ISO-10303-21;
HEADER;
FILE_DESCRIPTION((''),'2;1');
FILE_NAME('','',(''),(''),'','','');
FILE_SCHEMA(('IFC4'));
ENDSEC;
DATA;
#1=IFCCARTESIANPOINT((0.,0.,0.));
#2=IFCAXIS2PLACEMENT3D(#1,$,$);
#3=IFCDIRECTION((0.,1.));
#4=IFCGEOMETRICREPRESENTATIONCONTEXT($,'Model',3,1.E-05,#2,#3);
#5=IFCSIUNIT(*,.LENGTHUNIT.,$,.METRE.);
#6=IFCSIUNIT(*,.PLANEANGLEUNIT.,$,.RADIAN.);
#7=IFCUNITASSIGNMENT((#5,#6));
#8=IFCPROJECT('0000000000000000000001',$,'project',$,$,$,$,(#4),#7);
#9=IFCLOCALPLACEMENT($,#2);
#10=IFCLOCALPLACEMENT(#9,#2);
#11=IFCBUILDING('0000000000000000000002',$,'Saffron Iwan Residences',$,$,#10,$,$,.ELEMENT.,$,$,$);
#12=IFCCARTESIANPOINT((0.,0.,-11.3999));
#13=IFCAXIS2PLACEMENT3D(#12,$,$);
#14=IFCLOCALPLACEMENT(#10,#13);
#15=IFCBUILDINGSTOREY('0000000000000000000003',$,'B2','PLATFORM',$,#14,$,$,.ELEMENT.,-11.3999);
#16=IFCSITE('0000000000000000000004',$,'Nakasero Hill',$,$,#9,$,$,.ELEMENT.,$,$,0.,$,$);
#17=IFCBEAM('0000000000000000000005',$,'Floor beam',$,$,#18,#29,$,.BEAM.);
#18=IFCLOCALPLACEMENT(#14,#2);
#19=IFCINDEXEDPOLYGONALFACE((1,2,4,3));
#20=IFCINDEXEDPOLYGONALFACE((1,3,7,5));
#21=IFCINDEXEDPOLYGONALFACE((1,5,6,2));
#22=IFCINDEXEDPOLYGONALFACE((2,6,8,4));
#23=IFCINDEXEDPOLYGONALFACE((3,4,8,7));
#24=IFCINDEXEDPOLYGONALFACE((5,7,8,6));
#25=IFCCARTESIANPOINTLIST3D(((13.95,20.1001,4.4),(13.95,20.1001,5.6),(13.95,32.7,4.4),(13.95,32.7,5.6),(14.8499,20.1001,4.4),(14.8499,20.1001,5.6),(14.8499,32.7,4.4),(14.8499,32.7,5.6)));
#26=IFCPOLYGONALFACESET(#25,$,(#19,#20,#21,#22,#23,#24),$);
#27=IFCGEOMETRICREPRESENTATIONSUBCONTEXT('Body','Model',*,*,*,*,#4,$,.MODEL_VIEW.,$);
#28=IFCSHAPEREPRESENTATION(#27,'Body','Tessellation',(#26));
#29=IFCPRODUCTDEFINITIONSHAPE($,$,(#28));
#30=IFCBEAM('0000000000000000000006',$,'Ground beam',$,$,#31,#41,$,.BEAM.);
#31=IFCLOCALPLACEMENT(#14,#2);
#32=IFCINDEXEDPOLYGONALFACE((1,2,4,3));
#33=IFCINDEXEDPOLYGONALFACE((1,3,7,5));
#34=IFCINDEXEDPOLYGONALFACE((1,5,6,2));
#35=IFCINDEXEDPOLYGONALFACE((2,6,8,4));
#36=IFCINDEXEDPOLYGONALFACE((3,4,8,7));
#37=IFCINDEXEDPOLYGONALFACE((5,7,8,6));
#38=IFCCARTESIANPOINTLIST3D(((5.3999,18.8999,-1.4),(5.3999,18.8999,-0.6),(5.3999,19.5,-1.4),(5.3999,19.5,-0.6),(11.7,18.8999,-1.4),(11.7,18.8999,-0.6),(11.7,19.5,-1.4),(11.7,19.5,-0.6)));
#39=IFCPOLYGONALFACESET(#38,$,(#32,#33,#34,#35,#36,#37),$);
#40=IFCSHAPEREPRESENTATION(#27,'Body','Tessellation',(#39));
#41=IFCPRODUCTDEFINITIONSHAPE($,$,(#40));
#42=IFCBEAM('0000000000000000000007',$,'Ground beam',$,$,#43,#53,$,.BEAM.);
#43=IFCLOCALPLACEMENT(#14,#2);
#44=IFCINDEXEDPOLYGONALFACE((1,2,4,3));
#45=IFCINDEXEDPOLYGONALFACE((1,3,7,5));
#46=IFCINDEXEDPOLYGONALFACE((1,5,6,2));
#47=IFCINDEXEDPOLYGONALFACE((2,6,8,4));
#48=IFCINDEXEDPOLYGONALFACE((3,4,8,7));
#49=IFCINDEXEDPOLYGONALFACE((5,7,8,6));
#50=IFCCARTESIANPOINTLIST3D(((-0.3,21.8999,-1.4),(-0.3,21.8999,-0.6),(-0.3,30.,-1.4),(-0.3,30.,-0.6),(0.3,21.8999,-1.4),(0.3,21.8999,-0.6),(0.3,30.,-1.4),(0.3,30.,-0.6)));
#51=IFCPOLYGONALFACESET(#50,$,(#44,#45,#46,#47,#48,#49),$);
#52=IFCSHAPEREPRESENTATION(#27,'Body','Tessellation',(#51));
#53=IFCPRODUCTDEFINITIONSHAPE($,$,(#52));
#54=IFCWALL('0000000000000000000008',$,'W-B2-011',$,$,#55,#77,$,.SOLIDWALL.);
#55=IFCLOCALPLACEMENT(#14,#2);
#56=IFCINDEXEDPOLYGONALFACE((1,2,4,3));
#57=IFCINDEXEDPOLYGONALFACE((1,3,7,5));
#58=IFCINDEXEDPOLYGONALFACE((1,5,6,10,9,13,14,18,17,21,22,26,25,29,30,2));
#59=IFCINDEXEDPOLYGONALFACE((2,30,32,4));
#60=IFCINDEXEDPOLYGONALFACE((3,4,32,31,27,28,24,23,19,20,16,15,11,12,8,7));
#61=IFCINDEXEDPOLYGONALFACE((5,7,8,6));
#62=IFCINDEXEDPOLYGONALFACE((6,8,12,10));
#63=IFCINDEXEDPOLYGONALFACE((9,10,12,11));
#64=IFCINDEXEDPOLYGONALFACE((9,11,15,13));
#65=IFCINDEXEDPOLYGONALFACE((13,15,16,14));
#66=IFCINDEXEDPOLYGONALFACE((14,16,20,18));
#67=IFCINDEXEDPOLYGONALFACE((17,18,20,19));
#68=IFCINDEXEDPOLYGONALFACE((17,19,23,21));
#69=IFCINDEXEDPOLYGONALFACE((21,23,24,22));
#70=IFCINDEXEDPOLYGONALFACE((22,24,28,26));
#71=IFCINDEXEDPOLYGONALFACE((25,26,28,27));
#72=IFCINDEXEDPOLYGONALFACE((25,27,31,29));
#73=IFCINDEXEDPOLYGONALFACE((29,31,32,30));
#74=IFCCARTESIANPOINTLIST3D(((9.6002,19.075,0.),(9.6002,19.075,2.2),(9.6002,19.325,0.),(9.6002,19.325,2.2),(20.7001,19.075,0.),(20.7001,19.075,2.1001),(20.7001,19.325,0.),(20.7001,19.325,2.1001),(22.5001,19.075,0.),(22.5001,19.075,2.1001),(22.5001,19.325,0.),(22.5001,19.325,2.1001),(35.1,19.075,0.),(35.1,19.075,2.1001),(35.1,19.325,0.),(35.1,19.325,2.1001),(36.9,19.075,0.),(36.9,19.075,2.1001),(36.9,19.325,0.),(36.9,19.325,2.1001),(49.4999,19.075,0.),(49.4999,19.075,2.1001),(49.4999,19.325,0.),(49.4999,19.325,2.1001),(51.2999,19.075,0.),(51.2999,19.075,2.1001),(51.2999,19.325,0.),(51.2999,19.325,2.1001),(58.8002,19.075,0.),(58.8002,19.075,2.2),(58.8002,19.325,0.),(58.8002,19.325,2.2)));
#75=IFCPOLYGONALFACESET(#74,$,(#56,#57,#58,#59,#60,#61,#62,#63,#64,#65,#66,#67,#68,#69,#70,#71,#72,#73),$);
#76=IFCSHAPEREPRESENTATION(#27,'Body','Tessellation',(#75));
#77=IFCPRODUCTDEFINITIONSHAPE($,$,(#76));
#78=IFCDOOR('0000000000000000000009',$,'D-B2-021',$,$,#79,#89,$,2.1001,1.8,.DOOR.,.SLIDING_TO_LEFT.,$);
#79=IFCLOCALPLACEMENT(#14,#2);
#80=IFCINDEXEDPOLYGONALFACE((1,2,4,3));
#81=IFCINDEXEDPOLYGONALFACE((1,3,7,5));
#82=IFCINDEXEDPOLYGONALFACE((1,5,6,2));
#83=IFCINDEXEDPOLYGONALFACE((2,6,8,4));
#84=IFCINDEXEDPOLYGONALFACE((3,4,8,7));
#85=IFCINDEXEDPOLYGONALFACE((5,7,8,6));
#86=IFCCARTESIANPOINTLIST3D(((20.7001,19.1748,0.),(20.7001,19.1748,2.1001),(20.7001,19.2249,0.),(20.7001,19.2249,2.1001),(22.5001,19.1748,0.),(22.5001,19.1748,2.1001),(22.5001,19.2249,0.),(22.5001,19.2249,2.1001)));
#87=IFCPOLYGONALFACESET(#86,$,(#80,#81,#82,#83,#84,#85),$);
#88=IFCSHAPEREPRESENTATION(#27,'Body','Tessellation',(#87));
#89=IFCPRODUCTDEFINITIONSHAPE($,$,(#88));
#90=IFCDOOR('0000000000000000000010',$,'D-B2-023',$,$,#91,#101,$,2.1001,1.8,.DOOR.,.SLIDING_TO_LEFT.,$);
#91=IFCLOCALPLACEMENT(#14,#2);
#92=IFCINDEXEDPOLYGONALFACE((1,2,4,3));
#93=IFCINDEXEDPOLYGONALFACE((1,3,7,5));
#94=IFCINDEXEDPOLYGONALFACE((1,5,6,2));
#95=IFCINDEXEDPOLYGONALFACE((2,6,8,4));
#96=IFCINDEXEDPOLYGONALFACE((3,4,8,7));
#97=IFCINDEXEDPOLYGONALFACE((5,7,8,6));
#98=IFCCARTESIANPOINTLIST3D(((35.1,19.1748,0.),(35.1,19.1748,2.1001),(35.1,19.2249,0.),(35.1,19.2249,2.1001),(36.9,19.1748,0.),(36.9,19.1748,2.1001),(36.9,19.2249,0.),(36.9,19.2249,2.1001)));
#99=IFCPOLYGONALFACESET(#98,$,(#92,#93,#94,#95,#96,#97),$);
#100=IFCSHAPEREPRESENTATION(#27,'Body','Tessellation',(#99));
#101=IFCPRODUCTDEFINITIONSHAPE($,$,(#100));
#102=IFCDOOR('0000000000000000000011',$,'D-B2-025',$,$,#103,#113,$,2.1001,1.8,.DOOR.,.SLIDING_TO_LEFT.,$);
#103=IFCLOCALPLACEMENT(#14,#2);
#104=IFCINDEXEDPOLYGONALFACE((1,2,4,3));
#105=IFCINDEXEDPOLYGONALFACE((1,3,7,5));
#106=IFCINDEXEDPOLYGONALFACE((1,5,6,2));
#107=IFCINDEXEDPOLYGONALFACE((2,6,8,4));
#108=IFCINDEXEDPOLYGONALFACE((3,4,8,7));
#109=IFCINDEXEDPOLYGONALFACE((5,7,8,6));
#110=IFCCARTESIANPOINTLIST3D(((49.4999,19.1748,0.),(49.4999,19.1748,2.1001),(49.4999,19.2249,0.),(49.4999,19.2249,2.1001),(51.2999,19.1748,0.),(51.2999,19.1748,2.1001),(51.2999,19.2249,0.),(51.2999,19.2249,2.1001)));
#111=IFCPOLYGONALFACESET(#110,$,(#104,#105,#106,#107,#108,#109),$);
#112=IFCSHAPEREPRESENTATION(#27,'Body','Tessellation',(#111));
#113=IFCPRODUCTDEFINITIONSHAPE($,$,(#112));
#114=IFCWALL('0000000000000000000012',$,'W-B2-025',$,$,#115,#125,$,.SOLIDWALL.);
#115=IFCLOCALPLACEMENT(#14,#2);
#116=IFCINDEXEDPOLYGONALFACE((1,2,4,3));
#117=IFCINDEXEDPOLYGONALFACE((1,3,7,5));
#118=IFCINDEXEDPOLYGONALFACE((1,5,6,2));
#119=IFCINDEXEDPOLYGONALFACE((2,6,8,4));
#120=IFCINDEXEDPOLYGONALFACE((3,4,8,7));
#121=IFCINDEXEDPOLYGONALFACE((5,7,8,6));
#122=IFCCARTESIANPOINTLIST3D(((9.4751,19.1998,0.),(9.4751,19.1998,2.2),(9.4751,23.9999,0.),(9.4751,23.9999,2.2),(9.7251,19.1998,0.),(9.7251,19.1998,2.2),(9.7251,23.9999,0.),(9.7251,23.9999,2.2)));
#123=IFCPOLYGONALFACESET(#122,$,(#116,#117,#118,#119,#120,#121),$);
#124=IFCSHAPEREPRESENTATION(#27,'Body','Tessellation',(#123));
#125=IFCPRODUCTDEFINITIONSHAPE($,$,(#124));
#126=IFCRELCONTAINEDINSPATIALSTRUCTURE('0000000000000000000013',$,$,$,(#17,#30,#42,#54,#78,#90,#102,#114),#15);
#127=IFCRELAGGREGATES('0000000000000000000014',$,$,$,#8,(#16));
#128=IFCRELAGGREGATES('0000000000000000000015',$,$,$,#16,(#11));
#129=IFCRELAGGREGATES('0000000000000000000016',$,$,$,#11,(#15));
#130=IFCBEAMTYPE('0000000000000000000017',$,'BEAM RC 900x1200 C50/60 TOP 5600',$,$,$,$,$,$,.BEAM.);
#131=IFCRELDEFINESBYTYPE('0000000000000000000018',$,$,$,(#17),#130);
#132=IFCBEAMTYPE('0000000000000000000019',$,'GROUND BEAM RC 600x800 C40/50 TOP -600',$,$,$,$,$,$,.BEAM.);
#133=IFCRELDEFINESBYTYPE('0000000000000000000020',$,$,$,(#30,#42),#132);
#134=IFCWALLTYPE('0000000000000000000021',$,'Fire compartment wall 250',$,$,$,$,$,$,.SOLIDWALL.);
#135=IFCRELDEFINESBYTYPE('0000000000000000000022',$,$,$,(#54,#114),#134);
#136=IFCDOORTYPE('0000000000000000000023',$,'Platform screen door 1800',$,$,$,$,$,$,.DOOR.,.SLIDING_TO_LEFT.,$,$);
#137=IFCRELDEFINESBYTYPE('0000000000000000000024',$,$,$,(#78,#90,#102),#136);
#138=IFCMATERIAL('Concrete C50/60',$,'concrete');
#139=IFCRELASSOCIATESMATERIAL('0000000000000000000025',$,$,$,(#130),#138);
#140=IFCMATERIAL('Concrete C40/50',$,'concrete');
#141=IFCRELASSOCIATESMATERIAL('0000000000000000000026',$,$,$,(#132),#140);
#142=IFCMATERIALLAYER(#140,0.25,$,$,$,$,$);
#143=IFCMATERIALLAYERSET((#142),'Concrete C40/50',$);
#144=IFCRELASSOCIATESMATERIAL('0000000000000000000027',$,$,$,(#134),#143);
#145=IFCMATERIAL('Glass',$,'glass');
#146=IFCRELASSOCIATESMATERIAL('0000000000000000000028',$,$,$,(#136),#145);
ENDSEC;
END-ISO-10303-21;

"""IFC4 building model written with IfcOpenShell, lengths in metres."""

from ifc_helpers import new_model, si_unit, direction, frame, frame_2d, origin, origin_2d, place, context, subcontext, project, spatial, rectangle, extrude, source, transform, mapped, material, layer, layer_set, material_profile, profile_set, type_object, element, fill, save


model = new_model("IFC4")

# Units and contexts
model_context = context("Model", 3, precision=1e-05, world=origin(), true_north=direction((0.0, 1.0)))
body_context = subcontext(model_context, "Body", "Model", "MODEL_VIEW")
ifc_project = project(units=[si_unit("LENGTHUNIT", "METRE"), si_unit("PLANEANGLEUNIT", "RADIAN")], contexts=[model_context])

# Site, building, storey
site_placement = place(None, origin())
site = spatial("IfcSite", under=ifc_project, at=site_placement, Name="Nakasero Hill", CompositionType="ELEMENT", RefElevation=0.0)
building_placement = place(site_placement, origin())
building = spatial("IfcBuilding", under=site, at=building_placement, Name="Saffron Iwan Residences", CompositionType="ELEMENT")
storey_placement = place(building_placement, frame((0.0, 0.0, -11.3999)))
storey = spatial("IfcBuildingStorey", under=building, at=storey_placement, Name="B2", Description="PLATFORM", CompositionType="ELEMENT", Elevation=-11.3999)

# Shared definitions
ifc_material_1 = material(Name="Concrete C40/50", Category="concrete")

# Shared definitions
ifc_material_2 = material(Name="Concrete C50/60", Category="concrete")

# Beams
ifc_material_profile_1 = material_profile(ifc_material_2, rectangle(XDim=0.8999, YDim=1.2, at=origin_2d()), Name="RC 900x1200")
ifc_profile_set_1 = profile_set([ifc_material_profile_1], Name="Concrete C50/60")
beam_type_1 = type_object("IfcBeamType", Name="BEAM RC 900x1200 C50/60 TOP 5600", PredefinedType="BEAM", material=ifc_profile_set_1)
shared_shape_1 = source(origin(), body_context, "Body", "SweptSolid", [
    extrude(rectangle(XDim=0.8999, YDim=1.2, at=origin_2d()), origin(), (0.0, 0.0, 1.0), 12.5999),
])
beam_1_placement = place(storey_placement, frame((14.3999, 20.1001, 5.0), z_axis=(0.0, 1.0, 0.0), x_axis=(-1.0, 0.0, 0.0)))
element("IfcBeam", 1, at=beam_1_placement, inside=storey, type_object=beam_type_1, Name="Floor beam", PredefinedType="BEAM", context=body_context, shape_type="MappedRepresentation", body=[
    mapped(shared_shape_1, transform((0.0, 0.0, 0.0))),
])
ifc_material_profile_2 = material_profile(ifc_material_1, rectangle(XDim=0.6001, YDim=0.8, at=origin_2d()), Name="RC 600x800")
ifc_profile_set_2 = profile_set([ifc_material_profile_2], Name="Concrete C40/50")
beam_type_2 = type_object("IfcBeamType", Name="GROUND BEAM RC 600x800 C40/50 TOP -600", PredefinedType="BEAM", material=ifc_profile_set_2)
shared_shape_2 = source(origin(), body_context, "Body", "SweptSolid", [
    extrude(rectangle(XDim=0.6001, YDim=0.8, at=origin_2d()), origin(), (0.0, 0.0, 1.0), 6.3),
])
beam_2_placement = place(storey_placement, frame((5.3999, 19.2, -1.0), z_axis=(1.0, 0.0, 0.0), x_axis=(0.0, 1.0, 0.0)))
element("IfcBeam", 2, at=beam_2_placement, inside=storey, type_object=beam_type_2, Name="Ground beam", PredefinedType="BEAM", context=body_context, shape_type="MappedRepresentation", body=[
    mapped(shared_shape_2, transform((0.0, 0.0, 0.0))),
])
shared_shape_3 = source(origin(), body_context, "Body", "SweptSolid", [
    extrude(rectangle(XDim=0.6001, YDim=0.8, at=origin_2d()), origin(), (0.0, 0.0, 1.0), 8.1001),
])
beam_3_placement = place(storey_placement, frame((0.0, 21.8999, -1.0), z_axis=(0.0, 1.0, 0.0), x_axis=(-1.0, 0.0, 0.0)))
element("IfcBeam", 3, at=beam_3_placement, inside=storey, type_object=beam_type_2, Name="Ground beam", PredefinedType="BEAM", context=body_context, shape_type="MappedRepresentation", body=[
    mapped(shared_shape_3, transform((0.0, 0.0, 0.0))),
])

# Wall, openings, doors
ifc_layer = layer(ifc_material_1, 0.25)
ifc_layer_set = layer_set([ifc_layer], Name="Concrete C40/50")
wall_type = type_object("IfcWallType", Name="Fire compartment wall 250", PredefinedType="SOLIDWALL", material=ifc_layer_set)
wall_1_placement = place(storey_placement, frame((9.6001, 19.2, 0.0), z_axis=(0.0, 0.0, 1.0), x_axis=(1.0, 0.0, 0.0)))
wall_1 = element("IfcWall", 4, at=wall_1_placement, inside=storey, type_object=wall_type, Name="W-B2-011", PredefinedType="SOLIDWALL", context=body_context, shape_type="SweptSolid", body=[
    extrude(rectangle(XDim=49.2, YDim=0.25, at=frame_2d((24.6001, 0.0))), origin(), (0.0, 0.0, 1.0), 2.2),
])
opening_1_placement = place(wall_1_placement, frame((11.1001, 0.0, 0.0)))
opening_1 = element("IfcOpeningElement", 5, at=opening_1_placement, cuts=wall_1, PredefinedType="OPENING", context=body_context, shape_type="SweptSolid", body=[
    extrude(rectangle(XDim=1.8, YDim=2.1001, at=frame_2d((0.8999, 1.05))), frame((0.0, 0.135, 0.0), z_axis=(0.0, -1.0, 0.0), x_axis=(1.0, 0.0, 0.0)), (0.0, 0.0, 1.0), 0.27),
])
opening_2_placement = place(wall_1_placement, frame((25.5, 0.0, 0.0)))
opening_2 = element("IfcOpeningElement", 6, at=opening_2_placement, cuts=wall_1, PredefinedType="OPENING", context=body_context, shape_type="SweptSolid", body=[
    extrude(rectangle(XDim=1.8, YDim=2.1001, at=frame_2d((0.8999, 1.05))), frame((0.0, 0.135, 0.0), z_axis=(0.0, -1.0, 0.0), x_axis=(1.0, 0.0, 0.0)), (0.0, 0.0, 1.0), 0.27),
])
opening_3_placement = place(wall_1_placement, frame((39.8999, 0.0, 0.0)))
opening_3 = element("IfcOpeningElement", 7, at=opening_3_placement, cuts=wall_1, PredefinedType="OPENING", context=body_context, shape_type="SweptSolid", body=[
    extrude(rectangle(XDim=1.8, YDim=2.1001, at=frame_2d((0.8999, 1.05))), frame((0.0, 0.135, 0.0), z_axis=(0.0, -1.0, 0.0), x_axis=(1.0, 0.0, 0.0)), (0.0, 0.0, 1.0), 0.27),
])
ifc_material_3 = material(Name="Glass", Category="glass")
door_type = type_object("IfcDoorType", Name="Platform screen door 1800", OperationType="SLIDING_TO_LEFT", PredefinedType="DOOR", material=ifc_material_3)
door_1_placement = place(opening_1_placement, origin())
door_1 = element("IfcDoor", 8, at=door_1_placement, inside=storey, type_object=door_type, Name="D-B2-021", OperationType="SLIDING_TO_LEFT", OverallHeight=2.1001, OverallWidth=1.8, PredefinedType="DOOR", context=body_context, shape_type="SweptSolid", body=[
    extrude(rectangle(XDim=1.8, YDim=2.1001, at=frame_2d((0.8999, 1.05))), frame((0.0, 0.0249, 0.0), z_axis=(0.0, -1.0, 0.0), x_axis=(1.0, 0.0, 0.0)), (0.0, 0.0, 1.0), 0.05),
])
fill(opening_1, door_1)
door_2_placement = place(opening_2_placement, origin())
door_2 = element("IfcDoor", 9, at=door_2_placement, inside=storey, type_object=door_type, Name="D-B2-023", OperationType="SLIDING_TO_LEFT", OverallHeight=2.1001, OverallWidth=1.8, PredefinedType="DOOR", context=body_context, shape_type="SweptSolid", body=[
    extrude(rectangle(XDim=1.8, YDim=2.1001, at=frame_2d((0.8999, 1.05))), frame((0.0, 0.0249, 0.0), z_axis=(0.0, -1.0, 0.0), x_axis=(1.0, 0.0, 0.0)), (0.0, 0.0, 1.0), 0.05),
])
fill(opening_2, door_2)
door_3_placement = place(opening_3_placement, origin())
door_3 = element("IfcDoor", 10, at=door_3_placement, inside=storey, type_object=door_type, Name="D-B2-025", OperationType="SLIDING_TO_LEFT", OverallHeight=2.1001, OverallWidth=1.8, PredefinedType="DOOR", context=body_context, shape_type="SweptSolid", body=[
    extrude(rectangle(XDim=1.8, YDim=2.1001, at=frame_2d((0.8999, 1.05))), frame((0.0, 0.0249, 0.0), z_axis=(0.0, -1.0, 0.0), x_axis=(1.0, 0.0, 0.0)), (0.0, 0.0, 1.0), 0.05),
])
fill(opening_3, door_3)

# Wall
wall_2_placement = place(storey_placement, frame((9.6001, 19.2, 0.0), z_axis=(0.0, 0.0, 1.0), x_axis=(0.0, 1.0, 0.0)))
element("IfcWall", 11, at=wall_2_placement, inside=storey, type_object=wall_type, Name="W-B2-025", PredefinedType="SOLIDWALL", context=body_context, shape_type="SweptSolid", body=[
    extrude(rectangle(XDim=4.8, YDim=0.25, at=frame_2d((2.3999, 0.0))), origin(), (0.0, 0.0, 1.0), 2.2),
])

save(model, "model.ifc")
